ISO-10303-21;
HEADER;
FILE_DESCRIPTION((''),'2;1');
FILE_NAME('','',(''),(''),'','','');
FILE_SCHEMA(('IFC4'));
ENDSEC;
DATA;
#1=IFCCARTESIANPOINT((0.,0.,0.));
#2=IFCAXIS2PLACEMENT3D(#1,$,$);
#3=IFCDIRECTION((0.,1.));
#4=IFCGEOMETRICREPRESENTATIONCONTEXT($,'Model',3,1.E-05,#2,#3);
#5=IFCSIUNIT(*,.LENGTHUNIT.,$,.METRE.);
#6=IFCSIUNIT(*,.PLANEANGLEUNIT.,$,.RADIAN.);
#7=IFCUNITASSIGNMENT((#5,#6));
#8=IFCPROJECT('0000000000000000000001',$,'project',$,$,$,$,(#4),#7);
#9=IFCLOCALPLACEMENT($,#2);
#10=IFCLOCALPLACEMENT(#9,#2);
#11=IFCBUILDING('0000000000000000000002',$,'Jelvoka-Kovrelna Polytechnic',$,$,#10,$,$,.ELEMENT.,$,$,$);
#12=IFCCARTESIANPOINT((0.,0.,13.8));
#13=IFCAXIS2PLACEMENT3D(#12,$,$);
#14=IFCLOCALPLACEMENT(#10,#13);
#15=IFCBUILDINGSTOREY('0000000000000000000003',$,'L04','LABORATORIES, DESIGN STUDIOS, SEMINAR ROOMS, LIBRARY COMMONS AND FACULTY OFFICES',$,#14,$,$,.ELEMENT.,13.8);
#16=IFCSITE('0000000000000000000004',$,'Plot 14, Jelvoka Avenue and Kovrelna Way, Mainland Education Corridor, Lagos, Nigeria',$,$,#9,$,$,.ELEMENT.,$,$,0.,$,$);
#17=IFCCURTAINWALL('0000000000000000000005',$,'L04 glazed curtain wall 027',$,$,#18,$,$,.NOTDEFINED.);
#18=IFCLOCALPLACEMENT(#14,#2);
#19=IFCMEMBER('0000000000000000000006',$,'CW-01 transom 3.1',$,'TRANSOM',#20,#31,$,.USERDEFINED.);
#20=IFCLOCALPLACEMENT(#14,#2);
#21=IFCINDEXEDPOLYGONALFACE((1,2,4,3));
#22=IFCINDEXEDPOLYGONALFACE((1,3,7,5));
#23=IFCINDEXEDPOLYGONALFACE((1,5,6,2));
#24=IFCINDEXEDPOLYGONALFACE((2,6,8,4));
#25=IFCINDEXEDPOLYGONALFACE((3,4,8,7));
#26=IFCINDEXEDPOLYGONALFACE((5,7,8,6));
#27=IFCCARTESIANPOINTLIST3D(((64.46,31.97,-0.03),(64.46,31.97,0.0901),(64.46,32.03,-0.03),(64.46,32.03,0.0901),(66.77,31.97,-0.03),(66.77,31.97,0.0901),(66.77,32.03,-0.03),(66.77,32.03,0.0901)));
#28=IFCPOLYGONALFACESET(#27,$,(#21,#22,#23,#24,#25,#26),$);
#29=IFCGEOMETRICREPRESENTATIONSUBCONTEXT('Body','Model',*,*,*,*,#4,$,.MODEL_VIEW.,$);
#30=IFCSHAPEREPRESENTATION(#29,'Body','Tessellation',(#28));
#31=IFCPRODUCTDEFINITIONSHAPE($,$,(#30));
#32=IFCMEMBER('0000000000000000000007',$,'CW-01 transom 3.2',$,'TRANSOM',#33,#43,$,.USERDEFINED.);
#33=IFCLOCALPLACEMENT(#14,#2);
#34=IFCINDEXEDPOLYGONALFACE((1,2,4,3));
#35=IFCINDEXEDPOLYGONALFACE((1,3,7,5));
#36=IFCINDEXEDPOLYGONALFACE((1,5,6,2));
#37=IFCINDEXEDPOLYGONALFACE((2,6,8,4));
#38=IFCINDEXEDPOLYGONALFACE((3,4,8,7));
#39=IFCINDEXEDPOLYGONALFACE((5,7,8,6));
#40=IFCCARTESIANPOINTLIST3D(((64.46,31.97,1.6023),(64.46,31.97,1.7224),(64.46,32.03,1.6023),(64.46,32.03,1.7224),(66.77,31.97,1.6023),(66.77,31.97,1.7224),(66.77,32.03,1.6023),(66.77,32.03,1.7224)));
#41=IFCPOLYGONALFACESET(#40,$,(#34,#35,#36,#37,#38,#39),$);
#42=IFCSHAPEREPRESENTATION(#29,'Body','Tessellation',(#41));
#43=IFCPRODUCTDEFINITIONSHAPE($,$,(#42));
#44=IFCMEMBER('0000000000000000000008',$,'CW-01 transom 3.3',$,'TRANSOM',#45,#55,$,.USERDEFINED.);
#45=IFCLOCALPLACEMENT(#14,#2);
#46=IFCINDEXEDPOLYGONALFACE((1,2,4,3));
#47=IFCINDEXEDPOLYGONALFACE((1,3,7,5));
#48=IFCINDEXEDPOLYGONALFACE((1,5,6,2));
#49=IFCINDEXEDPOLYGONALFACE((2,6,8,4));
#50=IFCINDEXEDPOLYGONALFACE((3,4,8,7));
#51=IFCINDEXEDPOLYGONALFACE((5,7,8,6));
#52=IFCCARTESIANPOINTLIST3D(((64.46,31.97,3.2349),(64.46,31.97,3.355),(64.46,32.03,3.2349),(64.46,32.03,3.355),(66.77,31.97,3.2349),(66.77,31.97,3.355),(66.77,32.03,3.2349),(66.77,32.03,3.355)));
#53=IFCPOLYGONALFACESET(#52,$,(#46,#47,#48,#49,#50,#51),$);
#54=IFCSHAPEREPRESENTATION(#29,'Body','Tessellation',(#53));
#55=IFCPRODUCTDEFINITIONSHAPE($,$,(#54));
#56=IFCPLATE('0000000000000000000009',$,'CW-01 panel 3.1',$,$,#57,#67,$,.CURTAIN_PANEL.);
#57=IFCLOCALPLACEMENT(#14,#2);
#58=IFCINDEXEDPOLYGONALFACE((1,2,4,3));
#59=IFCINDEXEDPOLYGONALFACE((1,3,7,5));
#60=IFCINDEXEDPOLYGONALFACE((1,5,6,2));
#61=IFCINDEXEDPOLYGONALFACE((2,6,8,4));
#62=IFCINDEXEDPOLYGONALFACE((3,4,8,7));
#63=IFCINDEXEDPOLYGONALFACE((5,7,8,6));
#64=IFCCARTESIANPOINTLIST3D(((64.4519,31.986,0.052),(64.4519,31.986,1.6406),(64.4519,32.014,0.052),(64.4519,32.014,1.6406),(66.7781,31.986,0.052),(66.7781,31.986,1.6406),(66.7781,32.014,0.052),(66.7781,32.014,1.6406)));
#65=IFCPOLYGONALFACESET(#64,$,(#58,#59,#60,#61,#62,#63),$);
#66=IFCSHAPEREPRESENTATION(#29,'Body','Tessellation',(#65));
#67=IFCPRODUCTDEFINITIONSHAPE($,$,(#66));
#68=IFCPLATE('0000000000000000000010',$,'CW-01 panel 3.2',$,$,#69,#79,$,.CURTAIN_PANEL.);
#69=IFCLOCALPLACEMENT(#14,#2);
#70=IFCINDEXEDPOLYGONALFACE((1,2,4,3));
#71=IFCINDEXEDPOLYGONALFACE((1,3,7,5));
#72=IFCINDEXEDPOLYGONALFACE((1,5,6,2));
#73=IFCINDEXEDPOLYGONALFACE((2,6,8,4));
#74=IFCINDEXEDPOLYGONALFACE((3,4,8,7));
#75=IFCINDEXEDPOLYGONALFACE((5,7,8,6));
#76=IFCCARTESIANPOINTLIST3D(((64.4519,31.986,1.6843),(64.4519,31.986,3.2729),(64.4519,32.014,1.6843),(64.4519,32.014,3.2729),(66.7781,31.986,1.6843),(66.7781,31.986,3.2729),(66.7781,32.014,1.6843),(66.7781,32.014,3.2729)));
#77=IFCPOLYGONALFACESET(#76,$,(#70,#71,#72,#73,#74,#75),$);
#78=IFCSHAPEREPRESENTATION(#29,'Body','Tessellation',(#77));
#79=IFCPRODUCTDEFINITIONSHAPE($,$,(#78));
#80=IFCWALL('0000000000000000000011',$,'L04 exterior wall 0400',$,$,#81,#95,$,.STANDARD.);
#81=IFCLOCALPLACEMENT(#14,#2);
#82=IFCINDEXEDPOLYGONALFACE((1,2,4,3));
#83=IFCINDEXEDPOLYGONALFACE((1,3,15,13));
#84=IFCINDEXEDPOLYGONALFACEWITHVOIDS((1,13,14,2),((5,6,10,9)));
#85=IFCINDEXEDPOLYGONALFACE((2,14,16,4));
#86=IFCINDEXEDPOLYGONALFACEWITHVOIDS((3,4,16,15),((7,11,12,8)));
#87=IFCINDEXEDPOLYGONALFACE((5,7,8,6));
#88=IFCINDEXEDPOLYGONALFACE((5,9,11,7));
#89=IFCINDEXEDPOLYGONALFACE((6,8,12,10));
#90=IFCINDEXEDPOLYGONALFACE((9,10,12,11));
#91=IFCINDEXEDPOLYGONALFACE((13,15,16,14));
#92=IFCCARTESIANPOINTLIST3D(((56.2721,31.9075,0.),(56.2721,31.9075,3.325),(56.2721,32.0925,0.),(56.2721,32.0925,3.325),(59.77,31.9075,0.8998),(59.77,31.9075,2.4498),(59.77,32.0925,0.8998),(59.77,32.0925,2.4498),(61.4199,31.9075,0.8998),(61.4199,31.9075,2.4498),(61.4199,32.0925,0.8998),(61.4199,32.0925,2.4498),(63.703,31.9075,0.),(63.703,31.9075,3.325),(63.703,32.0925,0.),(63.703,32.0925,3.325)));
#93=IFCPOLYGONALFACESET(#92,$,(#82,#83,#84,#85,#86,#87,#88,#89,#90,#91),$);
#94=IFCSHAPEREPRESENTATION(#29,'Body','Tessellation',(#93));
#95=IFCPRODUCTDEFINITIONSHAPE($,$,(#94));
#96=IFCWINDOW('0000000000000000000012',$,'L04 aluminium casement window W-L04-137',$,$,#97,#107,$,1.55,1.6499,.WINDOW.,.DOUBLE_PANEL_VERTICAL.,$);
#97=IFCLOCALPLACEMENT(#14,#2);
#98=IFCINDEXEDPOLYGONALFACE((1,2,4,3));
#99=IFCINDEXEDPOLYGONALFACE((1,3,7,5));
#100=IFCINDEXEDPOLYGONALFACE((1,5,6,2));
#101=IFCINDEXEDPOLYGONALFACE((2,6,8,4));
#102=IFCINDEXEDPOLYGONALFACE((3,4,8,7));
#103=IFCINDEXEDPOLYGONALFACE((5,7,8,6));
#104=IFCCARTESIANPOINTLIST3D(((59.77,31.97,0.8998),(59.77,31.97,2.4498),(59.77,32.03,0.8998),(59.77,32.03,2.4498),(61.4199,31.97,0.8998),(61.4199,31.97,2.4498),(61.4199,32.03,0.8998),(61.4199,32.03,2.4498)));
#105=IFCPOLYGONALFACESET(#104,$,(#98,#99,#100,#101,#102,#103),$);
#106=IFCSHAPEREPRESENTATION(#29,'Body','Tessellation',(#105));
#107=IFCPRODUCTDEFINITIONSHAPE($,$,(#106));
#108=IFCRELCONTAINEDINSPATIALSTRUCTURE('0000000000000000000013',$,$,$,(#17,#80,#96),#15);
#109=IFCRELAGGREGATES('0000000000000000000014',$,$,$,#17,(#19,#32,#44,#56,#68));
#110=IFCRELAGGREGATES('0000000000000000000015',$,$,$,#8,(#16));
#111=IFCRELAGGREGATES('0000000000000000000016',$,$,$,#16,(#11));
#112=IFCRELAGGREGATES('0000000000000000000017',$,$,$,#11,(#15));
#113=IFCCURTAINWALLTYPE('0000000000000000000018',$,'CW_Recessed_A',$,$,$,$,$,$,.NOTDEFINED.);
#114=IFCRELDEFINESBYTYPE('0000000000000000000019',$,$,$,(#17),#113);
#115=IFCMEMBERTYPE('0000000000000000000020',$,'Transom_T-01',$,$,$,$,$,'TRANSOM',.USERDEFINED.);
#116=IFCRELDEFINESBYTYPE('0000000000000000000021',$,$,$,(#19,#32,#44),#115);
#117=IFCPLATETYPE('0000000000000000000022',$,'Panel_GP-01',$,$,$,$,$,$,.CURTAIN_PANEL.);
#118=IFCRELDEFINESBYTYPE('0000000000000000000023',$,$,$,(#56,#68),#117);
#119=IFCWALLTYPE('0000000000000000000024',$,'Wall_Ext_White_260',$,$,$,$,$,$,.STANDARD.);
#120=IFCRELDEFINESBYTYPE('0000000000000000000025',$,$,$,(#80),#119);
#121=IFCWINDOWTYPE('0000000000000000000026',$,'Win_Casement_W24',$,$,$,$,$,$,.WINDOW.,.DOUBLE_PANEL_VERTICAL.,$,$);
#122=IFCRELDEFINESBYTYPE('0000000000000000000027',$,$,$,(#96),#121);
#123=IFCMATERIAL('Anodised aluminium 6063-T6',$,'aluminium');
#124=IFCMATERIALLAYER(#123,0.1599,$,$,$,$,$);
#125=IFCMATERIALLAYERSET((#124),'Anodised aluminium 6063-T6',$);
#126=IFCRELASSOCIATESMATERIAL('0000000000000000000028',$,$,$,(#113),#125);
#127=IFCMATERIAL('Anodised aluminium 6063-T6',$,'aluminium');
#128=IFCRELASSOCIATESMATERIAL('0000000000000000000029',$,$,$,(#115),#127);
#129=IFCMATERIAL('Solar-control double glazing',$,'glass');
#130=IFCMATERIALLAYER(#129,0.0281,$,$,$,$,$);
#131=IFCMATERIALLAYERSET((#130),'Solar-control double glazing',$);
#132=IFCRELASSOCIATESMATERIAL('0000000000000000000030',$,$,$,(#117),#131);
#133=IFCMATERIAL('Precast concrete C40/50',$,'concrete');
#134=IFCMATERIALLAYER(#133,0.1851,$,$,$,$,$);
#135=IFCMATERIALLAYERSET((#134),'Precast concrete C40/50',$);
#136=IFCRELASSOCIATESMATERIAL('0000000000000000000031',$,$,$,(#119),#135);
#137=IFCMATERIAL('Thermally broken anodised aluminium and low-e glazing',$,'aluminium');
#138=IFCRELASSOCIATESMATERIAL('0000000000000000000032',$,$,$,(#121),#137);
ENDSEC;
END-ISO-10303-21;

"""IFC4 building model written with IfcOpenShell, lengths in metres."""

from ifc_helpers import new_model, si_unit, direction, frame, frame_2d, origin, origin_2d, place, context, subcontext, project, spatial, rectangle, extrude, material, layer, layer_set, material_profile, profile_set, type_object, element, fill, aggregate, save


model = new_model("IFC4")

# Units and contexts
model_context = context("Model", 3, precision=1e-05, world=origin(), true_north=direction((0.0, 1.0)))
body_context = subcontext(model_context, "Body", "Model", "MODEL_VIEW")
ifc_project = project(units=[si_unit("LENGTHUNIT", "METRE"), si_unit("PLANEANGLEUNIT", "RADIAN")], contexts=[model_context])

# Site, building, storey
site_placement = place(None, origin())
site = spatial("IfcSite", under=ifc_project, at=site_placement, Name="Plot 14, Jelvoka Avenue and Kovrelna Way, Mainland Education Corridor, Lagos, Nigeria", CompositionType="ELEMENT", RefElevation=0.0)
building_placement = place(site_placement, origin())
building = spatial("IfcBuilding", under=site, at=building_placement, Name="Jelvoka-Kovrelna Polytechnic", CompositionType="ELEMENT")
storey_placement = place(building_placement, frame((0.0, 0.0, 13.8)))
storey = spatial("IfcBuildingStorey", under=building, at=storey_placement, Name="L04", Description="LABORATORIES, DESIGN STUDIOS, SEMINAR ROOMS, LIBRARY COMMONS AND FACULTY OFFICES", CompositionType="ELEMENT", Elevation=13.8)

# Curtain wall
ifc_material_1 = material(Name="Anodised aluminium 6063-T6", Category="aluminium")
ifc_layer_1 = layer(ifc_material_1, 0.1599)
ifc_layer_set_1 = layer_set([ifc_layer_1], Name="Anodised aluminium 6063-T6")
curtain_wall_type = type_object("IfcCurtainWallType", Name="CW_Recessed_A", PredefinedType="NOTDEFINED", material=ifc_layer_set_1)
curtain_wall_placement = place(storey_placement, origin())
curtain_wall = element("IfcCurtainWall", 1, at=curtain_wall_placement, inside=storey, type_object=curtain_wall_type, Name="L04 glazed curtain wall 027", PredefinedType="NOTDEFINED")

# Members
ifc_material_2 = material(Name="Anodised aluminium 6063-T6", Category="aluminium")
ifc_material_profile_1 = material_profile(ifc_material_2, rectangle(XDim=0.0601, YDim=0.1201, at=origin_2d()), Name="ALU 60x120")
ifc_profile_set_1 = profile_set([ifc_material_profile_1], Name="Anodised aluminium 6063-T6")
member_type_1 = type_object("IfcMemberType", Name="Transom_T-01", ElementType="TRANSOM", PredefinedType="USERDEFINED", material=ifc_profile_set_1)
member_1_placement = place(storey_placement, frame((66.77, 32.0, 0.03), z_axis=(-1.0, 0.0, 0.0), x_axis=(0.0, -1.0, 0.0)))
member_1 = element("IfcMember", 2, at=member_1_placement, type_object=member_type_1, Name="CW-01 transom 3.1", ObjectType="TRANSOM", PredefinedType="USERDEFINED", context=body_context, shape_type="SweptSolid", body=[
    extrude(rectangle(XDim=0.0601, YDim=0.1201, at=origin_2d()), origin(), (0.0, 0.0, 1.0), 2.3101),
])
member_2_placement = place(storey_placement, frame((66.77, 32.0, 1.6624), z_axis=(-1.0, 0.0, 0.0), x_axis=(0.0, -1.0, 0.0)))
member_2 = element("IfcMember", 3, at=member_2_placement, type_object=member_type_1, Name="CW-01 transom 3.2", ObjectType="TRANSOM", PredefinedType="USERDEFINED", context=body_context, shape_type="SweptSolid", body=[
    extrude(rectangle(XDim=0.0601, YDim=0.1201, at=origin_2d()), origin(), (0.0, 0.0, 1.0), 2.3101),
])
member_3_placement = place(storey_placement, frame((66.77, 32.0, 3.2949), z_axis=(-1.0, 0.0, 0.0), x_axis=(0.0, -1.0, 0.0)))
member_3 = element("IfcMember", 4, at=member_3_placement, type_object=member_type_1, Name="CW-01 transom 3.3", ObjectType="TRANSOM", PredefinedType="USERDEFINED", context=body_context, shape_type="SweptSolid", body=[
    extrude(rectangle(XDim=0.0601, YDim=0.1201, at=origin_2d()), origin(), (0.0, 0.0, 1.0), 2.3101),
])

# Plates
ifc_material_3 = material(Name="Solar-control double glazing", Category="glass")
ifc_layer_2 = layer(ifc_material_3, 0.0281)
ifc_layer_set_2 = layer_set([ifc_layer_2], Name="Solar-control double glazing")
plate_type = type_object("IfcPlateType", Name="Panel_GP-01", PredefinedType="CURTAIN_PANEL", material=ifc_layer_set_2)
plate_1_placement = place(storey_placement, frame((65.615, 32.0, 0.052), z_axis=(0.0, 0.0, 1.0), x_axis=(-1.0, 0.0, 0.0)))
plate_1 = element("IfcPlate", 5, at=plate_1_placement, type_object=plate_type, Name="CW-01 panel 3.1", PredefinedType="CURTAIN_PANEL", context=body_context, shape_type="SweptSolid", body=[
    extrude(rectangle(XDim=2.3262, YDim=0.0281, at=origin_2d()), origin(), (0.0, 0.0, 1.0), 1.5886),
])
plate_2_placement = place(storey_placement, frame((65.615, 32.0, 1.6843), z_axis=(0.0, 0.0, 1.0), x_axis=(-1.0, 0.0, 0.0)))
plate_2 = element("IfcPlate", 6, at=plate_2_placement, type_object=plate_type, Name="CW-01 panel 3.2", PredefinedType="CURTAIN_PANEL", context=body_context, shape_type="SweptSolid", body=[
    extrude(rectangle(XDim=2.3262, YDim=0.0281, at=origin_2d()), origin(), (0.0, 0.0, 1.0), 1.5886),
])
aggregate(curtain_wall, [member_1, member_2, member_3, plate_1, plate_2])

# Wall, opening, window
ifc_material_4 = material(Name="Precast concrete C40/50", Category="concrete")
ifc_layer_3 = layer(ifc_material_4, 0.1851)
ifc_layer_set_3 = layer_set([ifc_layer_3], Name="Precast concrete C40/50")
wall_type = type_object("IfcWallType", Name="Wall_Ext_White_260", PredefinedType="STANDARD", material=ifc_layer_set_3)
wall_placement = place(storey_placement, frame((63.7029, 32.0, 0.0), z_axis=(0.0, 0.0, 1.0), x_axis=(-1.0, 0.0, 0.0)))
wall = element("IfcWall", 7, at=wall_placement, inside=storey, type_object=wall_type, Name="L04 exterior wall 0400", PredefinedType="STANDARD", context=body_context, shape_type="SweptSolid", body=[
    extrude(rectangle(XDim=7.4309, YDim=0.1851, at=frame_2d((3.7153, 0.0))), origin(), (0.0, 0.0, 1.0), 3.325),
])
opening_placement = place(wall_placement, frame((2.283, 0.0, 0.8999)))
opening = element("IfcOpeningElement", 8, at=opening_placement, cuts=wall, PredefinedType="OPENING", context=body_context, shape_type="SweptSolid", body=[
    extrude(rectangle(XDim=1.6499, YDim=1.55, at=frame_2d((0.825, 0.7749))), frame((0.0, 0.1025, 0.0), z_axis=(0.0, -1.0, 0.0), x_axis=(1.0, 0.0, 0.0)), (0.0, 0.0, 1.0), 0.2051),
])
ifc_material_5 = material(Name="Thermally broken anodised aluminium and low-e glazing", Category="aluminium")
window_type = type_object("IfcWindowType", Name="Win_Casement_W24", PartitioningType="DOUBLE_PANEL_VERTICAL", PredefinedType="WINDOW", material=ifc_material_5)
window_placement = place(opening_placement, origin())
window = element("IfcWindow", 9, at=window_placement, inside=storey, type_object=window_type, Name="L04 aluminium casement window W-L04-137", OverallHeight=1.55, OverallWidth=1.6499, PartitioningType="DOUBLE_PANEL_VERTICAL", PredefinedType="WINDOW", context=body_context, shape_type="SweptSolid", body=[
    extrude(rectangle(XDim=1.6499, YDim=1.55, at=frame_2d((0.825, 0.7749))), frame((0.0, 0.03, 0.0), z_axis=(0.0, -1.0, 0.0), x_axis=(1.0, 0.0, 0.0)), (0.0, 0.0, 1.0), 0.0601),
])
fill(opening, window)

save(model, "model.ifc")
